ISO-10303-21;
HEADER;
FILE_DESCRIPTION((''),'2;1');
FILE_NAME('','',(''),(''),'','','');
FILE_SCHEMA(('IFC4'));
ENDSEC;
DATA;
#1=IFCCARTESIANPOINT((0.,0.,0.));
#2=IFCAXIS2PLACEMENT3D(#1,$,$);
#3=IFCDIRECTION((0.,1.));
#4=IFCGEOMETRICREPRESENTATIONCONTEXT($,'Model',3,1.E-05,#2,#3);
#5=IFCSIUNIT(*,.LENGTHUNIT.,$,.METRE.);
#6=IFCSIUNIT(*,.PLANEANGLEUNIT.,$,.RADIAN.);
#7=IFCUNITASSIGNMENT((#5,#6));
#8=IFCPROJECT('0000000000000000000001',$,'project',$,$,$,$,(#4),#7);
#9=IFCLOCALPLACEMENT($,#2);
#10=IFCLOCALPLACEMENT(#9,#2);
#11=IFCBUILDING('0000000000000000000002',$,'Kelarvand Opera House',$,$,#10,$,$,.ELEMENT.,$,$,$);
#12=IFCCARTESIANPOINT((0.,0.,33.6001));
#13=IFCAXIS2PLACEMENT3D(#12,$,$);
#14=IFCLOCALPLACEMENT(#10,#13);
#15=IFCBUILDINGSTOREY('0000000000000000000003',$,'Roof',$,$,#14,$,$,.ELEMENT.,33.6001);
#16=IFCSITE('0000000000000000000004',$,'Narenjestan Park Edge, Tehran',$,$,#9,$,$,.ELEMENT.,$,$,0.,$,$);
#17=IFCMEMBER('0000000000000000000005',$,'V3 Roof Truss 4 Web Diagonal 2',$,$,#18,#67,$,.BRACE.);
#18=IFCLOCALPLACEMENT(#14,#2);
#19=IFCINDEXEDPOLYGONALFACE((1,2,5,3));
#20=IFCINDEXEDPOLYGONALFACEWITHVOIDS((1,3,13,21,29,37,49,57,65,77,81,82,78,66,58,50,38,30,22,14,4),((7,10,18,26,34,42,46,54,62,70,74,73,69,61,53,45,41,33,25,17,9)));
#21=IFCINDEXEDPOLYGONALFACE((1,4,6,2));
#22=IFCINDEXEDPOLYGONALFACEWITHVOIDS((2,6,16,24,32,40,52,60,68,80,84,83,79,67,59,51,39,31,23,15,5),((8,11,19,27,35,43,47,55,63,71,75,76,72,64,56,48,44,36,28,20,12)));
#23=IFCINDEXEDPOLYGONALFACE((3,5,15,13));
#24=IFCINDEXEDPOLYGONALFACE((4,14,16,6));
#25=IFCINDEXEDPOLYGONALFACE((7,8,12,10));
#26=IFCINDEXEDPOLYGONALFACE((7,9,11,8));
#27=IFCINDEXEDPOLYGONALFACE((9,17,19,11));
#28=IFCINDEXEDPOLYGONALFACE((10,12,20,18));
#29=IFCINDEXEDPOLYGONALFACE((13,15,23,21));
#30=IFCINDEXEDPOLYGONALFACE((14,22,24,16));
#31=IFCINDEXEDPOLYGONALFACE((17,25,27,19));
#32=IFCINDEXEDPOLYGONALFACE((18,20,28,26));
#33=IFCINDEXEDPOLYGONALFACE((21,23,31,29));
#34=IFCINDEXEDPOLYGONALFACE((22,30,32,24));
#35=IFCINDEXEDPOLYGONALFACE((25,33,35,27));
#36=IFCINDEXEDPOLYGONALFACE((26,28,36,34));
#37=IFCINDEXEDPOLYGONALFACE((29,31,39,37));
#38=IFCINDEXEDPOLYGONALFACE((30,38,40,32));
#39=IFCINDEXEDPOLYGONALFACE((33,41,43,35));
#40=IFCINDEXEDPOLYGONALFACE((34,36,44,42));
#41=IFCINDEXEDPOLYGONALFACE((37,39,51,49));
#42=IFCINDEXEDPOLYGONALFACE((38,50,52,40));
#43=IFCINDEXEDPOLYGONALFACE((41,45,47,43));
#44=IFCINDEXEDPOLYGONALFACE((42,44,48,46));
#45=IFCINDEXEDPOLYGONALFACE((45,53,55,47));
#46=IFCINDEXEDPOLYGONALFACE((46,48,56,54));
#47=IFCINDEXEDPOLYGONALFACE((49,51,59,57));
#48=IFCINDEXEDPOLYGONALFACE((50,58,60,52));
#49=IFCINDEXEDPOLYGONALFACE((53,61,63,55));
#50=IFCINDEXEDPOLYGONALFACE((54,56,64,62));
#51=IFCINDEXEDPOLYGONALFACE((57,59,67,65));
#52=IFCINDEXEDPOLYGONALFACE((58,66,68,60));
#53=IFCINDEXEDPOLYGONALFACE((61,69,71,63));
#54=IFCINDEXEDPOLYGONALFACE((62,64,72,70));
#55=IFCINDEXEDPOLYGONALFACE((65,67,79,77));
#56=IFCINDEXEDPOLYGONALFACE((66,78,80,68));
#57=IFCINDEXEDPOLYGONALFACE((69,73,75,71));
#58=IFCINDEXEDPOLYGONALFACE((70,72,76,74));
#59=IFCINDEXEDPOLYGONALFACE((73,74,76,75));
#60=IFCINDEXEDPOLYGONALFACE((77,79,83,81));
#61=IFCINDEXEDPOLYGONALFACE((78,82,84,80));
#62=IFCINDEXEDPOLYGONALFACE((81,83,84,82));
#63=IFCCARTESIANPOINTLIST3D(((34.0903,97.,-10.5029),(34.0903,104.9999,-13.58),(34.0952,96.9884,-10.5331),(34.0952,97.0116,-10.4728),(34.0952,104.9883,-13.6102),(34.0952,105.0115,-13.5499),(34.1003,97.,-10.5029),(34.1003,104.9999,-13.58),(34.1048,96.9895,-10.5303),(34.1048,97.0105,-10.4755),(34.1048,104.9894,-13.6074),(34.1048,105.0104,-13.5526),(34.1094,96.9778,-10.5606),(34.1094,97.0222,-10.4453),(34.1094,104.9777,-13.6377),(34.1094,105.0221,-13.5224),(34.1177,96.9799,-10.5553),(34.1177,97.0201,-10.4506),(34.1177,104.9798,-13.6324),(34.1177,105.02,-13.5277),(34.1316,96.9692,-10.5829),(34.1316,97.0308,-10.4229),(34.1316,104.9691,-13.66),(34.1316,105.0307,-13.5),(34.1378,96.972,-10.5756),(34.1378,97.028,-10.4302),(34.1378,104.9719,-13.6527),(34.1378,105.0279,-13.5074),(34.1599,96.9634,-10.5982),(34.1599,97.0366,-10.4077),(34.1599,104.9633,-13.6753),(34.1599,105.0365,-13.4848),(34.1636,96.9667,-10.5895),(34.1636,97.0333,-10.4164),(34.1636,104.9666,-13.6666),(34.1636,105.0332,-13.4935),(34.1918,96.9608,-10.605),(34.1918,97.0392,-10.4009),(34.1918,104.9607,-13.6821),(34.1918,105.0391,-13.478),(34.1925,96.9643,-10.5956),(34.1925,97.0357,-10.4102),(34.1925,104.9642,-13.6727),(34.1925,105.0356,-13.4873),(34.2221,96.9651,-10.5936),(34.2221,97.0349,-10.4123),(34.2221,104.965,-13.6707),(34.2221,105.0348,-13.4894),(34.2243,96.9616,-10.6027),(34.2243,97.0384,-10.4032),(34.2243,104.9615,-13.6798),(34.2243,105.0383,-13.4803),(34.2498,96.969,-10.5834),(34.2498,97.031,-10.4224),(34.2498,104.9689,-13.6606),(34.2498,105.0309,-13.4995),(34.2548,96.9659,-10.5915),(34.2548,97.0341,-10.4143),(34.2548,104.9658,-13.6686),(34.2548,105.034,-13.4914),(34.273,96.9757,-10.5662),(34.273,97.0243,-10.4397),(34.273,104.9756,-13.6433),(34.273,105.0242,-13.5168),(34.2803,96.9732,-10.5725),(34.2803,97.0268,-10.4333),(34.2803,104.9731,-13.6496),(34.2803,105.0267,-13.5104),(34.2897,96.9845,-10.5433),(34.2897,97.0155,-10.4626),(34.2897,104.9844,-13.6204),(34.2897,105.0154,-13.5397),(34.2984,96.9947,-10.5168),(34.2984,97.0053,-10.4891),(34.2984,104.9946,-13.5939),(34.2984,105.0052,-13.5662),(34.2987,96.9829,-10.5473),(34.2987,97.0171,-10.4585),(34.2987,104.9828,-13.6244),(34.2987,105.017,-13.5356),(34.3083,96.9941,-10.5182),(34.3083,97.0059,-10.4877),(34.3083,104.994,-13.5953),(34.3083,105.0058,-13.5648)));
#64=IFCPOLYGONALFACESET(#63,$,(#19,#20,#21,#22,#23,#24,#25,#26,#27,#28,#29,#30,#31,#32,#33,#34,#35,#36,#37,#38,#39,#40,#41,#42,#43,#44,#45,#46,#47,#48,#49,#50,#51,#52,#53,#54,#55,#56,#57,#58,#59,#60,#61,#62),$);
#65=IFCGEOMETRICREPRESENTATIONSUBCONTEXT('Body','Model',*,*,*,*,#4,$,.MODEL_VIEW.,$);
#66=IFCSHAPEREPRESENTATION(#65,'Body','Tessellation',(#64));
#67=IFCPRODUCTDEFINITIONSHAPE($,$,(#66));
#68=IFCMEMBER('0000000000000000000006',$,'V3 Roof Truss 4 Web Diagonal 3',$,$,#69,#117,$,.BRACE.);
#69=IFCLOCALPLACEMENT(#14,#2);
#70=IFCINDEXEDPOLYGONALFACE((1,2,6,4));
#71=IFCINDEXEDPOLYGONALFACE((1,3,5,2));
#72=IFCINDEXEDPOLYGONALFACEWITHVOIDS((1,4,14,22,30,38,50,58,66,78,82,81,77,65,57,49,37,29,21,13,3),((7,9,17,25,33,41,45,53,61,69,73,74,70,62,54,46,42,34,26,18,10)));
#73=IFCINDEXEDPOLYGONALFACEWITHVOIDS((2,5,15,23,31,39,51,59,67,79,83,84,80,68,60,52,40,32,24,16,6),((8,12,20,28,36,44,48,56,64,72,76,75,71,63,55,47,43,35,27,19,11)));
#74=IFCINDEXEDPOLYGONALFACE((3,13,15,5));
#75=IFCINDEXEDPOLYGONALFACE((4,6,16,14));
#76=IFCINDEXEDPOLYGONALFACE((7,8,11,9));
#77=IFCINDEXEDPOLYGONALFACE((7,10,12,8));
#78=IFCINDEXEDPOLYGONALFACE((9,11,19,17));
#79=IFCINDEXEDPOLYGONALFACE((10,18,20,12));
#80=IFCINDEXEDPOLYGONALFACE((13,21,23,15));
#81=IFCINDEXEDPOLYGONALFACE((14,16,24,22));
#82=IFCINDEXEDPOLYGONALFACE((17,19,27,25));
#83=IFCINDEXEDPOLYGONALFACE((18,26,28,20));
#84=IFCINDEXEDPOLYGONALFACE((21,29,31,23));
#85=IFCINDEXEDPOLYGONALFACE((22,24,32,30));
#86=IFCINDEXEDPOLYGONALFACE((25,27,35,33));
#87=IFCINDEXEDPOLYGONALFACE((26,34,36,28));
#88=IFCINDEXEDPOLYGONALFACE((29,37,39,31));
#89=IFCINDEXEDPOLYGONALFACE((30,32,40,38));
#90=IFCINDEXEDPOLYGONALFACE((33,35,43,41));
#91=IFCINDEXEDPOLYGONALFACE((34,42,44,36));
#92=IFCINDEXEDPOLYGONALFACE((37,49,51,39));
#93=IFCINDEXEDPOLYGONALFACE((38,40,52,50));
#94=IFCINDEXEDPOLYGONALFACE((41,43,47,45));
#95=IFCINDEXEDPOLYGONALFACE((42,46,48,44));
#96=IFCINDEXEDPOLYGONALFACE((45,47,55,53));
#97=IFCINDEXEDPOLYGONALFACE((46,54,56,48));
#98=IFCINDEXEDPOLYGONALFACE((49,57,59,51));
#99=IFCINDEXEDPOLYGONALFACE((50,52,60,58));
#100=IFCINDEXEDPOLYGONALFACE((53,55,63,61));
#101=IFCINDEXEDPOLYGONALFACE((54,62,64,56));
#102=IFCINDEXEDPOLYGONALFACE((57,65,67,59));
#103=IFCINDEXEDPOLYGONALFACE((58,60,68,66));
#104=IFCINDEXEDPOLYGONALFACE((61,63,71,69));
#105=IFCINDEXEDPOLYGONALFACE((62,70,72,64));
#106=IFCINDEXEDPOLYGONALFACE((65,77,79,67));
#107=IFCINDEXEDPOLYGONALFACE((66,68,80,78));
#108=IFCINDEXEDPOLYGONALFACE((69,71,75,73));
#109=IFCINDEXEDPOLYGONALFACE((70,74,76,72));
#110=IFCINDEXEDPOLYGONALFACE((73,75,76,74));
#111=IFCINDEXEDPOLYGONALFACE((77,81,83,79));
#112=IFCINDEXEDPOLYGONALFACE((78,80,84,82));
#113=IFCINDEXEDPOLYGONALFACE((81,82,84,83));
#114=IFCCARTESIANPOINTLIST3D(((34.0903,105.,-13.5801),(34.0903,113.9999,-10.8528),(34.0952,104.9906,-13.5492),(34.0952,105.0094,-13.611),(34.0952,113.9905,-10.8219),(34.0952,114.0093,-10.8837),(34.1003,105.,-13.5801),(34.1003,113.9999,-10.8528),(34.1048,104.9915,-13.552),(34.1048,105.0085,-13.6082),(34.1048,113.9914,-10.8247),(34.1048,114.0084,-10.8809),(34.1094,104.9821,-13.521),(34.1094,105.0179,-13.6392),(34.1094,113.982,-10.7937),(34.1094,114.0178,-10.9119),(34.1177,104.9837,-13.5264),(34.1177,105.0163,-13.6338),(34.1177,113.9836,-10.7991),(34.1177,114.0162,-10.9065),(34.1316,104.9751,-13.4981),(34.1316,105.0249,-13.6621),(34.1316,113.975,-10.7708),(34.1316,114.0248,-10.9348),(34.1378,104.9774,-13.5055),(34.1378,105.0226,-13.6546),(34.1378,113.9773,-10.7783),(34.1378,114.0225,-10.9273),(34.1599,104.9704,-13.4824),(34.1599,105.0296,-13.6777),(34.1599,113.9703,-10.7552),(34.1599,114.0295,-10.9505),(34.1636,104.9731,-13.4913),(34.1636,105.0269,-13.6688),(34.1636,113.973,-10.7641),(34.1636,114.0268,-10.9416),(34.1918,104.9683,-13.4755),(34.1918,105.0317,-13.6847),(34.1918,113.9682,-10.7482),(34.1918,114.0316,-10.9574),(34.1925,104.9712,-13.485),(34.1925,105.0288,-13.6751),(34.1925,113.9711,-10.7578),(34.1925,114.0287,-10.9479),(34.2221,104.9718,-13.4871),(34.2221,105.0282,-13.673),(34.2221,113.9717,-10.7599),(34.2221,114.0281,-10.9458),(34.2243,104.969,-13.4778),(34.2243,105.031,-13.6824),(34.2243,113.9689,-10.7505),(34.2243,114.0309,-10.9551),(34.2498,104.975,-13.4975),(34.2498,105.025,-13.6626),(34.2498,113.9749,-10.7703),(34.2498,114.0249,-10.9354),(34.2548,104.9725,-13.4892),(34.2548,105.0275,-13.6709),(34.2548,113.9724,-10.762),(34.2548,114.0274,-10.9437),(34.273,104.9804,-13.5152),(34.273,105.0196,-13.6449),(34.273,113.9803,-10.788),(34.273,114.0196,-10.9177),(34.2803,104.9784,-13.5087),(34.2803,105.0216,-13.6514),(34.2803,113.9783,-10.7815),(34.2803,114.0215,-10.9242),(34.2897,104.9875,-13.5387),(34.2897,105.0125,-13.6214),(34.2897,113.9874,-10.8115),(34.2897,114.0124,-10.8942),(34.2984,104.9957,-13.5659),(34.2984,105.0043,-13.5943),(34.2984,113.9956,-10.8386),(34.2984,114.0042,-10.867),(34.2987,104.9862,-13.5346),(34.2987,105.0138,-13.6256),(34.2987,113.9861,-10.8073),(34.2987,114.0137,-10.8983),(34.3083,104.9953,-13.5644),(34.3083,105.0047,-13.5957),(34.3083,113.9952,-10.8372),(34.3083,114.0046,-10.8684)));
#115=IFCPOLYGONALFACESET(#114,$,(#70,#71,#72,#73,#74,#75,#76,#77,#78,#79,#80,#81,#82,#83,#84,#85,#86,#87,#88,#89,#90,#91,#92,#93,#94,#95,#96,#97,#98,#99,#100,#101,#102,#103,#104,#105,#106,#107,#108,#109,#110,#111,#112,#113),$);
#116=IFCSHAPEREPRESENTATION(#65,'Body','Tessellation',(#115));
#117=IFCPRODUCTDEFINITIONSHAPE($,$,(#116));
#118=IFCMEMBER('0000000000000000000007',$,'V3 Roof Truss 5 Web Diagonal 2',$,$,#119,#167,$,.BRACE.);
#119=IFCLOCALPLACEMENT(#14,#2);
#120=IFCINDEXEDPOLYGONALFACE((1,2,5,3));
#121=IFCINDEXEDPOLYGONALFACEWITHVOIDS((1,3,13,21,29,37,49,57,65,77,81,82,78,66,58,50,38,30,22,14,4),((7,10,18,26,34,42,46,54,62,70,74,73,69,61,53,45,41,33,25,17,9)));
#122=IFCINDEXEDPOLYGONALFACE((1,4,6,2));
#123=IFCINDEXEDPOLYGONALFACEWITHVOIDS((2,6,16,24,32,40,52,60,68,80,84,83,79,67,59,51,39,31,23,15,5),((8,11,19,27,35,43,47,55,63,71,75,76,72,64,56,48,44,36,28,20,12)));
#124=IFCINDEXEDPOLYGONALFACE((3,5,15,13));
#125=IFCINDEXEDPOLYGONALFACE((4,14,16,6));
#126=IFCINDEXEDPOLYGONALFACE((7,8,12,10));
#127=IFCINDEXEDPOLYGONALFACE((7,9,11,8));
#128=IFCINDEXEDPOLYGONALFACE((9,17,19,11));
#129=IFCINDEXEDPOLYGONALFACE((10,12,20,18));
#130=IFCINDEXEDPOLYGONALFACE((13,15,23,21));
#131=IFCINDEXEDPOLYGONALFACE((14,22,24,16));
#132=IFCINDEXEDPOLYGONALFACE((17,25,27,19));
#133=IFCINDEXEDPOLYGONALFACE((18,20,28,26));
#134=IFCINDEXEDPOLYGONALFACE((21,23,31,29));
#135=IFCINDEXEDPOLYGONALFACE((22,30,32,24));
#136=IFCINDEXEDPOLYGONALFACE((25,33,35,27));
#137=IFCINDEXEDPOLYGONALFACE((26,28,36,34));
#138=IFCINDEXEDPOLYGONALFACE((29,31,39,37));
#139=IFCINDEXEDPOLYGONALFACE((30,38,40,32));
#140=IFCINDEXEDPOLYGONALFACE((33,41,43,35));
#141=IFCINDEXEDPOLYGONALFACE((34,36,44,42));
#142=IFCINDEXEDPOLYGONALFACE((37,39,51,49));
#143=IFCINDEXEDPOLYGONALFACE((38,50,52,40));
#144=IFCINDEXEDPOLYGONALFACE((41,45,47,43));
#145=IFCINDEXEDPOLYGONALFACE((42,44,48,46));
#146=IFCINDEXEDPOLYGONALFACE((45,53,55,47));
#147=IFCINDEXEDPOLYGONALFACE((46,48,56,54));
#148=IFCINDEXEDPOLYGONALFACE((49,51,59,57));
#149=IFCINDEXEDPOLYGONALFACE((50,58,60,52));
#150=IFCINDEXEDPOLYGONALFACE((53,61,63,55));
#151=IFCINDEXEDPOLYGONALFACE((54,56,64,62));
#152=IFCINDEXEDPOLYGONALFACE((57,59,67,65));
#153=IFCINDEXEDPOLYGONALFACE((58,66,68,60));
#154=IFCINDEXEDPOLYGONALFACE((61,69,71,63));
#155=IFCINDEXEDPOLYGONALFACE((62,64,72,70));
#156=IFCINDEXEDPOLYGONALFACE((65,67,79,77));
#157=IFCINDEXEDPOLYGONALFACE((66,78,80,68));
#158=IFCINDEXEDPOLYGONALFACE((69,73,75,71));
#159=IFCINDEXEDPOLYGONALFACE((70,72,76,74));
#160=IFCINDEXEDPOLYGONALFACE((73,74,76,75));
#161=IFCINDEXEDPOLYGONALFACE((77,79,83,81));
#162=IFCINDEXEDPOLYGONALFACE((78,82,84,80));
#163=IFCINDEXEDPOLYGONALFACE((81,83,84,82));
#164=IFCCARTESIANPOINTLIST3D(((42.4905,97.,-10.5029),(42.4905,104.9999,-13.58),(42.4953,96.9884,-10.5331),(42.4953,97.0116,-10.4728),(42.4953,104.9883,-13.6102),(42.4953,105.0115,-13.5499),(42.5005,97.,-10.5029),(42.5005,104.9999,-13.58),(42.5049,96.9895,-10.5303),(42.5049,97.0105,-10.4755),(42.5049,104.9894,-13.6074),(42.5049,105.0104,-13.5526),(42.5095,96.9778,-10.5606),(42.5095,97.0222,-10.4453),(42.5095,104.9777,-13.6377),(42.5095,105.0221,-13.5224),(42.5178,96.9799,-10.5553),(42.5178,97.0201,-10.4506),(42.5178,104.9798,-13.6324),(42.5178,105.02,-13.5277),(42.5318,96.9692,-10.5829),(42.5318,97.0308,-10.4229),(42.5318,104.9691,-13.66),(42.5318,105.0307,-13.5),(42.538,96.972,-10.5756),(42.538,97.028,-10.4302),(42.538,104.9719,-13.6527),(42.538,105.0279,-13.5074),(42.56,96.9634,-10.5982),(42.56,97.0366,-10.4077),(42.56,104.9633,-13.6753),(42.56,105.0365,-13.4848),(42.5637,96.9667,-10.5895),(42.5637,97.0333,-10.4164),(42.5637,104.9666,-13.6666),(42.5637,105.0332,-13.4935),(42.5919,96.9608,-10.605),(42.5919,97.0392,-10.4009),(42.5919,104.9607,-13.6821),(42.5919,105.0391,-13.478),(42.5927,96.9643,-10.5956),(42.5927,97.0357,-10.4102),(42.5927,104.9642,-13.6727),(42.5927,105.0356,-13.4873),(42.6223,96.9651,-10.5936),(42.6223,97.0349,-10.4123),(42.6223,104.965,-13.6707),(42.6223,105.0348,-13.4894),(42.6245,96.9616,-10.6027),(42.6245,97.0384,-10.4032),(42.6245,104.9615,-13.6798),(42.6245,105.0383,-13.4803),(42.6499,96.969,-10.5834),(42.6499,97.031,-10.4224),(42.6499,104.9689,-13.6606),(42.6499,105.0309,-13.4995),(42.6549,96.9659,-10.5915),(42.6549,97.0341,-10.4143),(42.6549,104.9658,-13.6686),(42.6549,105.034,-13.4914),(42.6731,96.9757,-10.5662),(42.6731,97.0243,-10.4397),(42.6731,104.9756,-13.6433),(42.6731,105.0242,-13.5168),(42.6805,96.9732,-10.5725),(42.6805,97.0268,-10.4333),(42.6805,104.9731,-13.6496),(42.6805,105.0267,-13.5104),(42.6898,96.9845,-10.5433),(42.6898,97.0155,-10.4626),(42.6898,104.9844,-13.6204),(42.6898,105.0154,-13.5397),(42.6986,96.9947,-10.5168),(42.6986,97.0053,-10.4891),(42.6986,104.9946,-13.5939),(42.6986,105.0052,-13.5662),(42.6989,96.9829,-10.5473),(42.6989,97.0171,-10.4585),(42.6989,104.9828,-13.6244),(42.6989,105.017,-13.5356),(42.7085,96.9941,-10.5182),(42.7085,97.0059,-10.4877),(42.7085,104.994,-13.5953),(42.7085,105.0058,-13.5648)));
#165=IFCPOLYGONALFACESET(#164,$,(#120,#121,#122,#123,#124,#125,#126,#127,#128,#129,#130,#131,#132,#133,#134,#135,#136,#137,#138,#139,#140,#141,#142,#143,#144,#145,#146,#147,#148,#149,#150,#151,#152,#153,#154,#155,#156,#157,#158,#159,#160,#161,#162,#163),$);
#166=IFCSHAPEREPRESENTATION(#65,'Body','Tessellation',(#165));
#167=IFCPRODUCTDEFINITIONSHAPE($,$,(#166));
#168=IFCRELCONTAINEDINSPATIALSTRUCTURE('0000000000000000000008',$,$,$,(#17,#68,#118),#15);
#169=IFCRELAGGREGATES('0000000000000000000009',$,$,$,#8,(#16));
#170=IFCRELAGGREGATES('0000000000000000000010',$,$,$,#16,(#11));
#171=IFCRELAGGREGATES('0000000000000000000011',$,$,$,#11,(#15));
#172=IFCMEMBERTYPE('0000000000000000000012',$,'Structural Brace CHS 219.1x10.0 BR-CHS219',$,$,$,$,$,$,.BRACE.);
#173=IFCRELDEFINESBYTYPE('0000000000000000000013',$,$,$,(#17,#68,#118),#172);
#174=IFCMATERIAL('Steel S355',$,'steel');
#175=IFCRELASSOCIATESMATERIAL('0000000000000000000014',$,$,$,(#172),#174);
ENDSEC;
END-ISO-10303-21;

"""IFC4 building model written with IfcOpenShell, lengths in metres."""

from ifc_helpers import new_model, si_unit, direction, frame, origin, origin_2d, place, context, subcontext, project, spatial, hollow_circle, extrude, material, material_profile, profile_set, type_object, element, save


model = new_model("IFC4")

# Units and contexts
model_context = context("Model", 3, precision=1e-05, world=origin(), true_north=direction((0.0, 1.0)))
body_context = subcontext(model_context, "Body", "Model", "MODEL_VIEW")
ifc_project = project(units=[si_unit("LENGTHUNIT", "METRE"), si_unit("PLANEANGLEUNIT", "RADIAN")], contexts=[model_context])

# Site, building, storey
site_placement = place(None, origin())
site = spatial("IfcSite", under=ifc_project, at=site_placement, Name="Narenjestan Park Edge, Tehran", CompositionType="ELEMENT", RefElevation=0.0)
building_placement = place(site_placement, origin())
building = spatial("IfcBuilding", under=site, at=building_placement, Name="Kelarvand Opera House", CompositionType="ELEMENT")
storey_placement = place(building_placement, frame((0.0, 0.0, 33.6001)))
storey = spatial("IfcBuildingStorey", under=building, at=storey_placement, Name="Roof", CompositionType="ELEMENT", Elevation=33.6001)

# Members
ifc_material = material(Name="Steel S355", Category="steel")
ifc_material_profile_1 = material_profile(ifc_material, hollow_circle(Radius=0.1096, WallThickness=0.01, at=origin_2d()), Name="CHS 219.1x10.0", Category="steel")
ifc_profile_set_1 = profile_set([ifc_material_profile_1], Name="Steel S355")
member_type_1 = type_object("IfcMemberType", Name="Structural Brace CHS 219.1x10.0 BR-CHS219", PredefinedType="BRACE", material=ifc_profile_set_1)
member_1_placement = place(storey_placement, frame((34.2, 97.0, -10.5029), z_axis=(0.0, 0.933337, -0.359002), x_axis=(-1.0, 0.0, 0.0)))
element("IfcMember", 1, at=member_1_placement, inside=storey, type_object=member_type_1, Name="V3 Roof Truss 4 Web Diagonal 2", PredefinedType="BRACE", context=body_context, shape_type="SweptSolid", body=[
    extrude(hollow_circle(Radius=0.1096, WallThickness=0.01, at=origin_2d()), origin(), (0.0, 0.0, 1.0), 8.5713),
])
member_2_placement = place(storey_placement, frame((34.2, 105.0, -13.5801), z_axis=(0.0, 0.957024, 0.29001), x_axis=(-1.0, 0.0, 0.0)))
element("IfcMember", 2, at=member_2_placement, inside=storey, type_object=member_type_1, Name="V3 Roof Truss 4 Web Diagonal 3", PredefinedType="BRACE", context=body_context, shape_type="SweptSolid", body=[
    extrude(hollow_circle(Radius=0.1096, WallThickness=0.01, at=origin_2d()), origin(), (0.0, 0.0, 1.0), 9.4041),
])
for number, where, z_axis, x_axis, name in (
    (3, (42.6001, 97.0, -10.5029), (0.0, 0.933337, -0.359002), (-1.0, 0.0, 0.0), "V3 Roof Truss 5 Web Diagonal 2"),
):
    element("IfcMember", number, at=place(storey_placement, frame(where, z_axis=z_axis, x_axis=x_axis)), inside=storey, type_object=member_type_1, Name=name, PredefinedType="BRACE", context=body_context, shape_type="SweptSolid", body=[
        extrude(hollow_circle(Radius=0.1096, WallThickness=0.01, at=origin_2d()), origin(), (0.0, 0.0, 1.0), 8.5713),
    ])

save(model, "model.ifc")
